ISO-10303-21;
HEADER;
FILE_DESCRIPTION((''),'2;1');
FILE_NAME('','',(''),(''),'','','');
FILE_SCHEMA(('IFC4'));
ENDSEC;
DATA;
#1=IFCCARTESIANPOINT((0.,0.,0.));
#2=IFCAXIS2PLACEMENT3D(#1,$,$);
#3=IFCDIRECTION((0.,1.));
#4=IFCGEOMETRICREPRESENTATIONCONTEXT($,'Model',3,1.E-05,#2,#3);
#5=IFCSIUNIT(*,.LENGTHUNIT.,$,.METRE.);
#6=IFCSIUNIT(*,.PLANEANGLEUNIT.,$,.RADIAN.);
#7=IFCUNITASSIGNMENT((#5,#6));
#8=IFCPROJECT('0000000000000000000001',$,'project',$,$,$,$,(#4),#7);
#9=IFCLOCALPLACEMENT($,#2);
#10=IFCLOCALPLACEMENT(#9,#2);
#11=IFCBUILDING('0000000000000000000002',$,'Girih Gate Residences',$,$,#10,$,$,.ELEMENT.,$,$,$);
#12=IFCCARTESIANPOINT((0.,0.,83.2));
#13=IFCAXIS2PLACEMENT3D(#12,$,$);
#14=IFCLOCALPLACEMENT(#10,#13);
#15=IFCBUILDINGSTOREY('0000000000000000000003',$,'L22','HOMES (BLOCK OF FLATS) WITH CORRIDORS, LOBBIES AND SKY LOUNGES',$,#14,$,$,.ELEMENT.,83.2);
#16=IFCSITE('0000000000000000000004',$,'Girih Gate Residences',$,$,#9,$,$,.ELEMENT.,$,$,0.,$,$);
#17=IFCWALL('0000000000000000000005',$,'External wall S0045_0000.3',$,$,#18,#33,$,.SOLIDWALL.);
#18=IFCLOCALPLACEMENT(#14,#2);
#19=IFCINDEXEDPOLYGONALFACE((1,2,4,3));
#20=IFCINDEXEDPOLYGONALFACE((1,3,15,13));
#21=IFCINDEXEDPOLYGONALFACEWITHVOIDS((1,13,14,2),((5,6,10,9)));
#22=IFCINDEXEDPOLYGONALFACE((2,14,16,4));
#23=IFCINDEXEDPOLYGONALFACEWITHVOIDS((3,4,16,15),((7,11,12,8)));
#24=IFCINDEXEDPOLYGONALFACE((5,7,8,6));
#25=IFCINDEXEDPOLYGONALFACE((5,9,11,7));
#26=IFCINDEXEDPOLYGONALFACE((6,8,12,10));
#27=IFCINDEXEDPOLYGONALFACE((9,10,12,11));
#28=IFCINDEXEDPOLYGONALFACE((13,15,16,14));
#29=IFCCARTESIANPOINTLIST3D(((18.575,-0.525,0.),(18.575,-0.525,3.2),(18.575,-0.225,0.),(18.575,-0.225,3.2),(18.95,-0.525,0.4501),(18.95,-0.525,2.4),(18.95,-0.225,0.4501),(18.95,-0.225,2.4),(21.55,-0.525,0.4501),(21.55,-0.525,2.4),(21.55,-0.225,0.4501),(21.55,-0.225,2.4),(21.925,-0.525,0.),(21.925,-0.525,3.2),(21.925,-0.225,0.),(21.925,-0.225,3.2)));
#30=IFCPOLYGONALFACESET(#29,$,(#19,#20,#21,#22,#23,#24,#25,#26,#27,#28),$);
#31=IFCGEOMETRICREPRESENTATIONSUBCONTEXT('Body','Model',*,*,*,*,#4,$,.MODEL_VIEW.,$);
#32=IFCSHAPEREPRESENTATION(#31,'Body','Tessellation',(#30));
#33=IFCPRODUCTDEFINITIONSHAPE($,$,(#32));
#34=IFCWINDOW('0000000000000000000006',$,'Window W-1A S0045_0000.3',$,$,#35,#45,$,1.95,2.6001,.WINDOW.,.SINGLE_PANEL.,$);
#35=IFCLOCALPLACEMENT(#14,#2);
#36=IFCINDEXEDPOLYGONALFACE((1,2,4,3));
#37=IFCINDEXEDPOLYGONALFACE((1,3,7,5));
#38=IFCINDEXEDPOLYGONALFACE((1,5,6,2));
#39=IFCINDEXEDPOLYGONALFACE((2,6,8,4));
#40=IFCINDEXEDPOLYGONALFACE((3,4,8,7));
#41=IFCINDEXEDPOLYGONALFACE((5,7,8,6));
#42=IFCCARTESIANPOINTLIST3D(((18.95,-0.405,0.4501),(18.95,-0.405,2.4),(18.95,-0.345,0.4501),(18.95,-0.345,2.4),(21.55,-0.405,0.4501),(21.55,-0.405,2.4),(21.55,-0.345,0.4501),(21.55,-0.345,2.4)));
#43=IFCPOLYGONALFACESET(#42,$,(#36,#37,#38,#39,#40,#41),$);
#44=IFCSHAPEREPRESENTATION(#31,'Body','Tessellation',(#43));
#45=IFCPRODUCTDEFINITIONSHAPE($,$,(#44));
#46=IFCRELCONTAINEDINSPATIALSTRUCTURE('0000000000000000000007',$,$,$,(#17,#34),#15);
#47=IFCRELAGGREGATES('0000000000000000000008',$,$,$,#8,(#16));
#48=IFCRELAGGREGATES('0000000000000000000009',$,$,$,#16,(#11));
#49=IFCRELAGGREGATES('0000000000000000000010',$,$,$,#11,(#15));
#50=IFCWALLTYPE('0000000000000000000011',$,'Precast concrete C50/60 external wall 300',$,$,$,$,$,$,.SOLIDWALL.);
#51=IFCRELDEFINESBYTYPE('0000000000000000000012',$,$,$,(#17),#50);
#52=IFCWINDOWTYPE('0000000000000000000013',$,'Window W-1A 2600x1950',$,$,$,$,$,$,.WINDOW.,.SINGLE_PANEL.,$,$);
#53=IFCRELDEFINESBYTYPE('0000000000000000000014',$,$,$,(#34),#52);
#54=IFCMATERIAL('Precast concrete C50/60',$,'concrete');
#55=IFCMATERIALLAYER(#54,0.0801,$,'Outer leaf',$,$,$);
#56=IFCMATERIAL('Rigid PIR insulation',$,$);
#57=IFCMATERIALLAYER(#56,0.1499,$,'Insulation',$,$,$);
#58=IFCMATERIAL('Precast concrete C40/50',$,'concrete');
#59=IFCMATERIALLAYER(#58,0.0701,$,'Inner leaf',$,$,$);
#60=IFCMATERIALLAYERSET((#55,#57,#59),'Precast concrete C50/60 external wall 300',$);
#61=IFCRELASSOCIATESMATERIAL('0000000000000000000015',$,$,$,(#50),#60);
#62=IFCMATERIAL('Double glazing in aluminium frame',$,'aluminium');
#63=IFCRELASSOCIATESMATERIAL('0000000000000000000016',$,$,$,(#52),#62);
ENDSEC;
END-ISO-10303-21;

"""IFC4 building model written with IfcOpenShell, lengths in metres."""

from ifc_helpers import new_model, si_unit, direction, frame, frame_2d, origin, place, context, subcontext, project, spatial, rectangle, extrude, material, layer, layer_set, type_object, element, fill, save


model = new_model("IFC4")

# Units and contexts
model_context = context("Model", 3, precision=1e-05, world=origin(), true_north=direction((0.0, 1.0)))
body_context = subcontext(model_context, "Body", "Model", "MODEL_VIEW")
ifc_project = project(units=[si_unit("LENGTHUNIT", "METRE"), si_unit("PLANEANGLEUNIT", "RADIAN")], contexts=[model_context])

# Site, building, storey
site_placement = place(None, origin())
site = spatial("IfcSite", under=ifc_project, at=site_placement, Name="Girih Gate Residences", CompositionType="ELEMENT", RefElevation=0.0)
building_placement = place(site_placement, origin())
building = spatial("IfcBuilding", under=site, at=building_placement, Name="Girih Gate Residences", CompositionType="ELEMENT")
storey_placement = place(building_placement, frame((0.0, 0.0, 83.2)))
storey = spatial("IfcBuildingStorey", under=building, at=storey_placement, Name="L22", Description="HOMES (BLOCK OF FLATS) WITH CORRIDORS, LOBBIES AND SKY LOUNGES", CompositionType="ELEMENT", Elevation=83.2)

# Wall, opening, window
ifc_material_1 = material(Name="Precast concrete C50/60", Category="concrete")
ifc_layer_1 = layer(ifc_material_1, 0.0801, Name="Outer leaf")
ifc_material_2 = material(Name="Rigid PIR insulation")
ifc_layer_2 = layer(ifc_material_2, 0.1499, Name="Insulation")
ifc_material_3 = material(Name="Precast concrete C40/50", Category="concrete")
ifc_layer_3 = layer(ifc_material_3, 0.0701, Name="Inner leaf")
ifc_layer_set_1 = layer_set([ifc_layer_1, ifc_layer_2, ifc_layer_3], Name="Precast concrete C50/60 external wall 300")
wall_type_1 = type_object("IfcWallType", Name="Precast concrete C50/60 external wall 300", PredefinedType="SOLIDWALL", material=ifc_layer_set_1)
ifc_material_4 = material(Name="Double glazing in aluminium frame", Category="aluminium")
window_type = type_object("IfcWindowType", Name="Window W-1A 2600x1950", PartitioningType="SINGLE_PANEL", PredefinedType="WINDOW", material=ifc_material_4)
wall_1_placement = place(storey_placement, frame((21.925, -0.375, 0.0), z_axis=(0.0, 0.0, 1.0), x_axis=(-1.0, 0.0, 0.0)))
wall_1 = element("IfcWall", 1, at=wall_1_placement, inside=storey, type_object=wall_type_1, Name="External wall S0045_0000.3", PredefinedType="SOLIDWALL", context=body_context, shape_type="SweptSolid", body=[
    extrude(rectangle(XDim=3.3501, YDim=0.3, at=frame_2d((1.675, 0.0))), origin(), (0.0, 0.0, 1.0), 3.2),
])
opening_1_placement = place(wall_1_placement, frame((0.375, 0.0, 0.45)))
opening_1 = element("IfcOpeningElement", 2, at=opening_1_placement, cuts=wall_1, PredefinedType="OPENING", context=body_context, shape_type="SweptSolid", body=[
    extrude(rectangle(XDim=2.6001, YDim=1.95, at=frame_2d((1.3, 0.9751))), frame((0.0, 0.1599, 0.0), z_axis=(0.0, -1.0, 0.0), x_axis=(1.0, 0.0, 0.0)), (0.0, 0.0, 1.0), 0.3201),
])
window_1_placement = place(opening_1_placement, origin())
window_1 = element("IfcWindow", 3, at=window_1_placement, inside=storey, type_object=window_type, Name="Window W-1A S0045_0000.3", OverallHeight=1.95, OverallWidth=2.6001, PartitioningType="SINGLE_PANEL", PredefinedType="WINDOW", context=body_context, shape_type="SweptSolid", body=[
    extrude(rectangle(XDim=2.6001, YDim=1.95, at=frame_2d((1.3, 0.9751))), frame((0.0, 0.03, 0.0), z_axis=(0.0, -1.0, 0.0), x_axis=(1.0, 0.0, 0.0)), (0.0, 0.0, 1.0), 0.0601),
])
fill(opening_1, window_1)

save(model, "model.ifc")
